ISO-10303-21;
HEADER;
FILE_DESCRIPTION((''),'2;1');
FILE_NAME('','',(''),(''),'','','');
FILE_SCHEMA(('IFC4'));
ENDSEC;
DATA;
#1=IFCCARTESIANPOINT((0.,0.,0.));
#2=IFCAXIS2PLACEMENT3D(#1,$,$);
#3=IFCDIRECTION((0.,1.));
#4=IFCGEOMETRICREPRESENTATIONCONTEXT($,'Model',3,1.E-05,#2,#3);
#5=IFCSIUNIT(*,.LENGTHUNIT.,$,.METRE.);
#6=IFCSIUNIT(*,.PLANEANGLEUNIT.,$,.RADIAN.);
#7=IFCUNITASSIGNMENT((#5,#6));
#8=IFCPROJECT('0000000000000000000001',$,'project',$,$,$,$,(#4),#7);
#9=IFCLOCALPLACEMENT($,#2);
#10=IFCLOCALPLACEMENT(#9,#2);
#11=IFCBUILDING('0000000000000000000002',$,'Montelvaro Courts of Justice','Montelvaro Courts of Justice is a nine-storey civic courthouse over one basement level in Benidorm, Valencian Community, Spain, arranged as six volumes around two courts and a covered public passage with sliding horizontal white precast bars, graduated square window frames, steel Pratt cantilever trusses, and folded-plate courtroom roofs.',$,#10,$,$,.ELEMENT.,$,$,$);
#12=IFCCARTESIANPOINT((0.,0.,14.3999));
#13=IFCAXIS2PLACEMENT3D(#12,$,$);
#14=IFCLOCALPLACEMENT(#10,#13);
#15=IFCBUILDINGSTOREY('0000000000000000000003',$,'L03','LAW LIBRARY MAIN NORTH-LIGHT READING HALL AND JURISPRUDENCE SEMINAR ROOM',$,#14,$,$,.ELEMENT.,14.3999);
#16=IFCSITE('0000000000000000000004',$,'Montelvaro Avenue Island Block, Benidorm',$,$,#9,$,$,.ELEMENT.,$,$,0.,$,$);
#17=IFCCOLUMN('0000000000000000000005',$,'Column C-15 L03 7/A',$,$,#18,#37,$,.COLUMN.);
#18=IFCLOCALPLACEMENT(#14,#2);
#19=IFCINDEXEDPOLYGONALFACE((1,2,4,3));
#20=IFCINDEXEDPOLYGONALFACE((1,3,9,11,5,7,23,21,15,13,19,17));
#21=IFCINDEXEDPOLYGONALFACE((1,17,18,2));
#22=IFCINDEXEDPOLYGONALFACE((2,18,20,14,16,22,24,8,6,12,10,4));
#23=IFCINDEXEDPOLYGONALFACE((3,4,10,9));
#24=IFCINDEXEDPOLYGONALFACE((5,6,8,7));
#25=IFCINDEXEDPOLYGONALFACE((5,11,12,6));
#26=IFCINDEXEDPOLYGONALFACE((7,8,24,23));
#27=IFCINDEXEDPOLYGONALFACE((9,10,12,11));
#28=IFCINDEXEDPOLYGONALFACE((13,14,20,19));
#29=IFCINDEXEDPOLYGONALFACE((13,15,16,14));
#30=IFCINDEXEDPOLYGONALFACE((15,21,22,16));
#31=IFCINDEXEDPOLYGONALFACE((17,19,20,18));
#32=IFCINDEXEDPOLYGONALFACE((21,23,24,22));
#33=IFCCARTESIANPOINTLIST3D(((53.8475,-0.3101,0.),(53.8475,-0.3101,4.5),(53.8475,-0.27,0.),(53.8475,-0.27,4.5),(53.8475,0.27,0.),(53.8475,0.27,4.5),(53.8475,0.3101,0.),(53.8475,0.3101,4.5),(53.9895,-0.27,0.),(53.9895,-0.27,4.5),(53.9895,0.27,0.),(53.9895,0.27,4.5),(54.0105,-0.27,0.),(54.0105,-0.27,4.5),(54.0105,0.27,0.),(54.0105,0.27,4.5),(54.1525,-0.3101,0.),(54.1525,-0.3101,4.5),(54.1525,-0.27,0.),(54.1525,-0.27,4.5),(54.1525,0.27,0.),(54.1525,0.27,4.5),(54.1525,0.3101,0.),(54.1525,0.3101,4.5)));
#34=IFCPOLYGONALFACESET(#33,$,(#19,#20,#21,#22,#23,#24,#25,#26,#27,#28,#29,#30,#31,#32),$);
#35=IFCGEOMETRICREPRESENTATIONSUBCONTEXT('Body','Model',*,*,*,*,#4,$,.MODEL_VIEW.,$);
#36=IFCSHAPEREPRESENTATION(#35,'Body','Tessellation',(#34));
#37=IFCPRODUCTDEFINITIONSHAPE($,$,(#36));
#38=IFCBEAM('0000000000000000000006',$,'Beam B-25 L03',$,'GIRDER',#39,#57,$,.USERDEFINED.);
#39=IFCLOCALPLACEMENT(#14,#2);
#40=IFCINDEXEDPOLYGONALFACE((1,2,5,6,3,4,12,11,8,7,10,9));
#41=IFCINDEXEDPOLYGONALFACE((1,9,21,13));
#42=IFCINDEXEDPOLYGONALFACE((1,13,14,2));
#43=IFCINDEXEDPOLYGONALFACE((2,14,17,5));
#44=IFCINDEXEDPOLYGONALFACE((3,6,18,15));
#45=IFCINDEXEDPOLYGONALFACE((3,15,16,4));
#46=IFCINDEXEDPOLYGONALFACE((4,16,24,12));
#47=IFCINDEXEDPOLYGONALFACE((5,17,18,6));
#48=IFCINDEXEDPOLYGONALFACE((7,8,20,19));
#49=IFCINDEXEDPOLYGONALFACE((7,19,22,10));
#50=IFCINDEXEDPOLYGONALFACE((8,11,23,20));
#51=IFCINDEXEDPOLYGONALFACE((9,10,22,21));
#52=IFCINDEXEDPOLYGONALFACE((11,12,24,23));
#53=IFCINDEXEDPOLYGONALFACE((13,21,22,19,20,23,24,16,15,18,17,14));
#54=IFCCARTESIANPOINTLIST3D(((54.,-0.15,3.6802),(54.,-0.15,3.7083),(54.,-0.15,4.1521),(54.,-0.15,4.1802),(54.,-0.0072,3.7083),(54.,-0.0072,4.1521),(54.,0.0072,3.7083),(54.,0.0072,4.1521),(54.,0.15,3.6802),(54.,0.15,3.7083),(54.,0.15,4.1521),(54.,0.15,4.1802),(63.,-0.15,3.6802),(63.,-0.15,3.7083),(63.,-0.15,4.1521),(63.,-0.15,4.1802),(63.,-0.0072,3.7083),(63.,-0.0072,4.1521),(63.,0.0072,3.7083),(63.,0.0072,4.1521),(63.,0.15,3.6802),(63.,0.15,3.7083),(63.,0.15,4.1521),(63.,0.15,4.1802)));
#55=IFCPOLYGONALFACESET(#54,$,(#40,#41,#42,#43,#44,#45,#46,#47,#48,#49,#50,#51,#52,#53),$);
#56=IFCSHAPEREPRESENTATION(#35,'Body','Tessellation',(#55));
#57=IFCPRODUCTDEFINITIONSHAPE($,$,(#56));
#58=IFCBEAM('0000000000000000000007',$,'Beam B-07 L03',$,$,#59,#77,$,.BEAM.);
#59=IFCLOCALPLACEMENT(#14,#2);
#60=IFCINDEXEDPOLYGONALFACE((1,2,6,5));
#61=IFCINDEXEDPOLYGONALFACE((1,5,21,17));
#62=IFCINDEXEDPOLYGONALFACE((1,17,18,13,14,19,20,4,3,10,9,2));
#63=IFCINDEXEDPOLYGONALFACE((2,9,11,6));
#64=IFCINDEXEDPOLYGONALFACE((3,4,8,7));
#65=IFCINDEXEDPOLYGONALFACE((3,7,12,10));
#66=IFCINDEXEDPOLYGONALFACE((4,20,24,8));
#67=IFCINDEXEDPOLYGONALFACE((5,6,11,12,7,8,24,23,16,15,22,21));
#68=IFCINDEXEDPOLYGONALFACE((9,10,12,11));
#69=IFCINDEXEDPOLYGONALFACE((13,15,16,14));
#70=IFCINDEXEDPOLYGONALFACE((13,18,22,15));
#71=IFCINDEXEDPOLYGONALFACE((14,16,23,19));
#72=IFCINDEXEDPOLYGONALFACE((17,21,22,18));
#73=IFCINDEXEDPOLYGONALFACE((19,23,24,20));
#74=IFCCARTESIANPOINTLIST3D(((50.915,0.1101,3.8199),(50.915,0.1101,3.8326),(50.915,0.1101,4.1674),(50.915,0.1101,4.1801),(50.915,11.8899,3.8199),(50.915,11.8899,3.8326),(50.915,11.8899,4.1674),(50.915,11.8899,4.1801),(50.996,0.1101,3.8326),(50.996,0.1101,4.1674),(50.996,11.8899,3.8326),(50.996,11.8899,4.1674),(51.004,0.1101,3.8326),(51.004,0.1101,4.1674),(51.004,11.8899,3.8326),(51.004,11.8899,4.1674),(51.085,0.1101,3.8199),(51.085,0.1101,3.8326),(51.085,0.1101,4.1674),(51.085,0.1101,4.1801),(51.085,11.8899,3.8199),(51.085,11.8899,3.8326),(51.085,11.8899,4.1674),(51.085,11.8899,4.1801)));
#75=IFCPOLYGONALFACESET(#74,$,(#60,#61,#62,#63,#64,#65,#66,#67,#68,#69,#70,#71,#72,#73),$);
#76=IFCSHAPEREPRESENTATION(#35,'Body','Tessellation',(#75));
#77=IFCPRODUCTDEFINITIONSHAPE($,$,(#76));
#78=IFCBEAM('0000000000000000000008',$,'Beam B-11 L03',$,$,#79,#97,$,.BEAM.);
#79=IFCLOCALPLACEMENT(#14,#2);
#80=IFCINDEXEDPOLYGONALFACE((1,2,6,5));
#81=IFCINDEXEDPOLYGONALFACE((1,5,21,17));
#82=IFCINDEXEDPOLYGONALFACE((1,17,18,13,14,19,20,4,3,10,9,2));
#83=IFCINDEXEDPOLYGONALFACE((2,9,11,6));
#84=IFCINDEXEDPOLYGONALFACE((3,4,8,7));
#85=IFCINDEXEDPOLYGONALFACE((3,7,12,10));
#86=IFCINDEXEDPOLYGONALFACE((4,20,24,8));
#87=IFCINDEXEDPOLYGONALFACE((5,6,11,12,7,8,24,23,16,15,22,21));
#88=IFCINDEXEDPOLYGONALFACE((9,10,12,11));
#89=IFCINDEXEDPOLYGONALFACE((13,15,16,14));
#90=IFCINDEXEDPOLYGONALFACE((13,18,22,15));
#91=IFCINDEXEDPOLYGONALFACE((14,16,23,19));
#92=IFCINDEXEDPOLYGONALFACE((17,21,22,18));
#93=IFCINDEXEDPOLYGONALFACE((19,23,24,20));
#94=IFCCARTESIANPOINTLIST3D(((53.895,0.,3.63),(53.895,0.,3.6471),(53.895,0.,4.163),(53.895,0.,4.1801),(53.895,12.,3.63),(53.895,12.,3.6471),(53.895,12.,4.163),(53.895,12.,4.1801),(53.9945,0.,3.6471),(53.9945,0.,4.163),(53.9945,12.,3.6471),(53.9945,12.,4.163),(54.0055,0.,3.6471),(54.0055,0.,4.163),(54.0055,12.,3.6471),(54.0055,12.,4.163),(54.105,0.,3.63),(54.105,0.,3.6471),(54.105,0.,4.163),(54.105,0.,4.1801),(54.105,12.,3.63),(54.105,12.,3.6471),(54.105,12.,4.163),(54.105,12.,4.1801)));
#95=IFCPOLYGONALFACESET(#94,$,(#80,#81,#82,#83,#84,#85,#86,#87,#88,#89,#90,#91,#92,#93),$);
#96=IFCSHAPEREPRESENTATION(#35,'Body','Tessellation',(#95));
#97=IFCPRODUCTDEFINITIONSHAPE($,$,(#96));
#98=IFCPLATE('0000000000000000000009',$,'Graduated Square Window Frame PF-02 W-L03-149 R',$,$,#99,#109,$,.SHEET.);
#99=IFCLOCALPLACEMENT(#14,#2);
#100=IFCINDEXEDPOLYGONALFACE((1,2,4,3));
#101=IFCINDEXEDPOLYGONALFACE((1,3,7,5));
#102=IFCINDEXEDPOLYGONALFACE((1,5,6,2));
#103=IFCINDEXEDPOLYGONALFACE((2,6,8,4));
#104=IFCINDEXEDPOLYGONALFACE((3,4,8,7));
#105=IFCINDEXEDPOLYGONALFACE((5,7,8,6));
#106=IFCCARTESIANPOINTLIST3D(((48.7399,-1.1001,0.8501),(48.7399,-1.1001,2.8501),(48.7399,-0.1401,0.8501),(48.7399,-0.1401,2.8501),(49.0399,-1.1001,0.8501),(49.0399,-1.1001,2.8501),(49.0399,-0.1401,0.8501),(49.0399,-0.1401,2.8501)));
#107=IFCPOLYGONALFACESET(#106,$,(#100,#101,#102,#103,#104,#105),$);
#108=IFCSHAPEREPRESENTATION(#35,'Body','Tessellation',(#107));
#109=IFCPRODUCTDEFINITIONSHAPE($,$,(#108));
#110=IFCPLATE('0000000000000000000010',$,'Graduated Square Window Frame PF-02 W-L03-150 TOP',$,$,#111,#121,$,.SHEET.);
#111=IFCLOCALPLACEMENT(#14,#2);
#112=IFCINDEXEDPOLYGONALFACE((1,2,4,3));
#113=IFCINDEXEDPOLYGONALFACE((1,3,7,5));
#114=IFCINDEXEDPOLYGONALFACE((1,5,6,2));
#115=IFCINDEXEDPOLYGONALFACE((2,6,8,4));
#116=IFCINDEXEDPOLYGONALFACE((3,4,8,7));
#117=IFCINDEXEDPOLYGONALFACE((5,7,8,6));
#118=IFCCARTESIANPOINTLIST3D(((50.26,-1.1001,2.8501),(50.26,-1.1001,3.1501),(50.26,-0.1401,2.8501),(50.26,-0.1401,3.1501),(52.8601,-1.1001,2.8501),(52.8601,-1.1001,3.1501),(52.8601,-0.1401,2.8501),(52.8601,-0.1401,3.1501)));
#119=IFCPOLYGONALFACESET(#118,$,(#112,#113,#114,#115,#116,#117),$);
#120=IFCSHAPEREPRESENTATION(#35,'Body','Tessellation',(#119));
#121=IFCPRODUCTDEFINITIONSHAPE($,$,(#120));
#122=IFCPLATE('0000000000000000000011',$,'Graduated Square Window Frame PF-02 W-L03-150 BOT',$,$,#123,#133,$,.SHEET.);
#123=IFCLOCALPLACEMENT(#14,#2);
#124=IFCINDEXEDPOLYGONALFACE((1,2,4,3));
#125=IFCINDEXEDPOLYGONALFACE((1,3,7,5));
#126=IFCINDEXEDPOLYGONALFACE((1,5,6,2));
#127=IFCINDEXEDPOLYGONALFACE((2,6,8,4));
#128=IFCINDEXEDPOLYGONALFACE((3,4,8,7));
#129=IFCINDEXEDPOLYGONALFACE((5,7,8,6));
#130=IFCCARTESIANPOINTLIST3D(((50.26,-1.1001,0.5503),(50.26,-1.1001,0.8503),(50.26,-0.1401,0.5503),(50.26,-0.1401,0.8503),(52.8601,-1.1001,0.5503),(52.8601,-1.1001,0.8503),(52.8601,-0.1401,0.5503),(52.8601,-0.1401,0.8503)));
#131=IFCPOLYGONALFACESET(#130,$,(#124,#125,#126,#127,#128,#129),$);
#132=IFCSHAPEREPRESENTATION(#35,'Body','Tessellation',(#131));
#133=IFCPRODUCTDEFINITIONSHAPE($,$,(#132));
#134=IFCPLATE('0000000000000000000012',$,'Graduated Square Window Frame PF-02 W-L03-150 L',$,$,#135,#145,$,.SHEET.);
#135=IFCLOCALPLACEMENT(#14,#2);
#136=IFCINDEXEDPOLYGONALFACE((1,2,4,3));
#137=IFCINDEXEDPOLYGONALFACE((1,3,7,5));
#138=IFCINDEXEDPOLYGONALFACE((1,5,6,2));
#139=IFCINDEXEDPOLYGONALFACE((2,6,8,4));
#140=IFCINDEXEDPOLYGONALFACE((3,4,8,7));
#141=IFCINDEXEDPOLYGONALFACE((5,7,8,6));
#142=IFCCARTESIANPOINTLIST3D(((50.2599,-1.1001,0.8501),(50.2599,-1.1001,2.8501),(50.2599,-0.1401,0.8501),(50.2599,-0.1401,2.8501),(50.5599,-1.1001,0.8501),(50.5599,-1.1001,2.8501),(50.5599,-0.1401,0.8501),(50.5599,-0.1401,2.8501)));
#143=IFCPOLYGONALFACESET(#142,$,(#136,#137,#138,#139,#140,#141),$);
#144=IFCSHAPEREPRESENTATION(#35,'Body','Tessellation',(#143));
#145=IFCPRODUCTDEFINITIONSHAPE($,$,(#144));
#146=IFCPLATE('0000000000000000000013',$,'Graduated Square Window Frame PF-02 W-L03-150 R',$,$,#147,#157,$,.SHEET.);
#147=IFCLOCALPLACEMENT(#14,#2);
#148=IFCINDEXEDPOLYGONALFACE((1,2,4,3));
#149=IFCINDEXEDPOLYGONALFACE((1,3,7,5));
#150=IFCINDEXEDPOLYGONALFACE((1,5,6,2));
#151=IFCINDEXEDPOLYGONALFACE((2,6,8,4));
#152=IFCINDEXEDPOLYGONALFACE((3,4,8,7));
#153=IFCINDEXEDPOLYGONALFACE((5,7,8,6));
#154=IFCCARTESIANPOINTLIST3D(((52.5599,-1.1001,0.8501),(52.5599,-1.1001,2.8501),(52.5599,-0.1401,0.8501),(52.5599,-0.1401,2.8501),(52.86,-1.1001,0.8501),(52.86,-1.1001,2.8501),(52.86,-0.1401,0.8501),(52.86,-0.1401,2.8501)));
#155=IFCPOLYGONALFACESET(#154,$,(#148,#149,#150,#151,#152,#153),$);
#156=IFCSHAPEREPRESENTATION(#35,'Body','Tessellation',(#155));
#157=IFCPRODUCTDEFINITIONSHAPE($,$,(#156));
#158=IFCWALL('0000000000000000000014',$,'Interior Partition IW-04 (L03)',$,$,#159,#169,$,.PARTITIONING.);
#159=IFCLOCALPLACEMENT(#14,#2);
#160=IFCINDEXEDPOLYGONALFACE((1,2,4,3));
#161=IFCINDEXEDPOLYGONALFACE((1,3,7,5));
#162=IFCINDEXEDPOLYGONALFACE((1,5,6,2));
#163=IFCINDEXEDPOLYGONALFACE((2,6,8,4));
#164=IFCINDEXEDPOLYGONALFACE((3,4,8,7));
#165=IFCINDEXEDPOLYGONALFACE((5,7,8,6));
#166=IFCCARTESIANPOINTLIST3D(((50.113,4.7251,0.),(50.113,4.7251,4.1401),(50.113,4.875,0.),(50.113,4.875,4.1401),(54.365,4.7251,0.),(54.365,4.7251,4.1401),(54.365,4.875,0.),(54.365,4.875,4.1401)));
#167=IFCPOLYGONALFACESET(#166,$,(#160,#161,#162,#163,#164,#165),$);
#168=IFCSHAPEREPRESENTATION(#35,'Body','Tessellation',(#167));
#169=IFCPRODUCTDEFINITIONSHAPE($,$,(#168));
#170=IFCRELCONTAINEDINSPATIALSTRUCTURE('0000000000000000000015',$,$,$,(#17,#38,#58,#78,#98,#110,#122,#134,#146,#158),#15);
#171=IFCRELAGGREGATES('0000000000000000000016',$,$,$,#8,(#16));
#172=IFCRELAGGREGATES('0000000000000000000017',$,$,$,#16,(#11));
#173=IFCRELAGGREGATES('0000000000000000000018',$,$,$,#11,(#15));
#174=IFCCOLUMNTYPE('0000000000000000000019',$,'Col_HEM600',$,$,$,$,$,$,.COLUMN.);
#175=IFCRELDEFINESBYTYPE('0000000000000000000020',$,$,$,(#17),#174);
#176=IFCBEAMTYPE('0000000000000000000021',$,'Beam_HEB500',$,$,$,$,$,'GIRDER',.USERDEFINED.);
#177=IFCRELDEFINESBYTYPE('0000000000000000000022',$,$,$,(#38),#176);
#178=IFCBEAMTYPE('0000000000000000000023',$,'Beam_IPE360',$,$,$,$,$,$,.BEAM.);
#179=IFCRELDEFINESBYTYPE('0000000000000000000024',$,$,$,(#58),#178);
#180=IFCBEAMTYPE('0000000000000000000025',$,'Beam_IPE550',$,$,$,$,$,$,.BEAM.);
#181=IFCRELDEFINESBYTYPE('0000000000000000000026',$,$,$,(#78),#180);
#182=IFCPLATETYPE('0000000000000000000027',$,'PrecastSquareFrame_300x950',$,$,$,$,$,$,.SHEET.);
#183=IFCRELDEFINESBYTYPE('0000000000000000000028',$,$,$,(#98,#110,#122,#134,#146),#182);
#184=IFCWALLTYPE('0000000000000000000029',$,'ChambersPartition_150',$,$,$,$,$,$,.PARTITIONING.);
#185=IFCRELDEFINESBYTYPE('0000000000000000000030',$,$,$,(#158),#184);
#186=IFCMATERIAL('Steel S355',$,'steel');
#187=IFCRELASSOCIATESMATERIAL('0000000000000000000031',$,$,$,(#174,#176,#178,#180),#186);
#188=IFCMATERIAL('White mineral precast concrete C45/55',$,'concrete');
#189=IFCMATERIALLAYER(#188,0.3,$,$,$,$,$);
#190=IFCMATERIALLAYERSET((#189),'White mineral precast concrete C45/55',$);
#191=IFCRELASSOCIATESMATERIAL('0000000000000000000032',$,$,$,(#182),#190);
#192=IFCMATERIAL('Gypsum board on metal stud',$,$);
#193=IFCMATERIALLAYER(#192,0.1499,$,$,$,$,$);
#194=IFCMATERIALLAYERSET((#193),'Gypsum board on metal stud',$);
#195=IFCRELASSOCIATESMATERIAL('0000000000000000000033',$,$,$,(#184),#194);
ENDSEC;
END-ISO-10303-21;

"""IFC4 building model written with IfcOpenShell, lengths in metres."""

from ifc_helpers import new_model, si_unit, direction, frame, frame_2d, origin, origin_2d, place, context, subcontext, project, spatial, rectangle, i_section, extrude, material, layer, layer_set, material_profile, profile_set, type_object, element, save


model = new_model("IFC4")

# Units and contexts
model_context = context("Model", 3, precision=1e-05, world=origin(), true_north=direction((0.0, 1.0)))
body_context = subcontext(model_context, "Body", "Model", "MODEL_VIEW")
ifc_project = project(units=[si_unit("LENGTHUNIT", "METRE"), si_unit("PLANEANGLEUNIT", "RADIAN")], contexts=[model_context])

# Site, building, storey
site_placement = place(None, origin())
site = spatial("IfcSite", under=ifc_project, at=site_placement, Name="Montelvaro Avenue Island Block, Benidorm", CompositionType="ELEMENT", RefElevation=0.0)
building_placement = place(site_placement, origin())
building = spatial("IfcBuilding", under=site, at=building_placement, Name="Montelvaro Courts of Justice", Description="Montelvaro Courts of Justice is a nine-storey civic courthouse over one basement level in Benidorm, Valencian Community, Spain, arranged as six volumes around two courts and a covered public passage with sliding horizontal white precast bars, graduated square window frames, steel Pratt cantilever trusses, and folded-plate courtroom roofs.", CompositionType="ELEMENT")
storey_placement = place(building_placement, frame((0.0, 0.0, 14.3999)))
storey = spatial("IfcBuildingStorey", under=building, at=storey_placement, Name="L03", Description="LAW LIBRARY MAIN NORTH-LIGHT READING HALL AND JURISPRUDENCE SEMINAR ROOM", CompositionType="ELEMENT", Elevation=14.3999)

# Column
ifc_material_1 = material(Name="Steel S355", Category="steel")
ifc_material_profile_1 = material_profile(ifc_material_1, i_section(OverallWidth=0.3049, OverallDepth=0.6201, WebThickness=0.021, FlangeThickness=0.04, at=origin_2d()), Name="HEM 600")
ifc_profile_set_1 = profile_set([ifc_material_profile_1], Name="Steel S355")
column_type = type_object("IfcColumnType", Name="Col_HEM600", PredefinedType="COLUMN", material=ifc_profile_set_1)
column_placement = place(storey_placement, frame((54.0, 0.0, 0.0), z_axis=(0.0, 0.0, 1.0), x_axis=(1.0, 0.0, 0.0)))
element("IfcColumn", 1, at=column_placement, inside=storey, type_object=column_type, Name="Column C-15 L03 7/A", PredefinedType="COLUMN", context=body_context, shape_type="SweptSolid", body=[
    extrude(i_section(OverallWidth=0.3049, OverallDepth=0.6201, WebThickness=0.021, FlangeThickness=0.04, at=origin_2d()), origin(), (0.0, 0.0, 1.0), 4.5),
])

# Beams
ifc_material_profile_2 = material_profile(ifc_material_1, i_section(OverallWidth=0.3, OverallDepth=0.5, WebThickness=0.0144, FlangeThickness=0.0281, at=origin_2d()), Name="HEB 500")
ifc_profile_set_2 = profile_set([ifc_material_profile_2], Name="Steel S355")
beam_type_1 = type_object("IfcBeamType", Name="Beam_HEB500", ElementType="GIRDER", PredefinedType="USERDEFINED", material=ifc_profile_set_2)
beam_1_placement = place(storey_placement, frame((54.0, 0.0, 3.9302), z_axis=(1.0, 0.0, 0.0), x_axis=(0.0, 1.0, 0.0)))
element("IfcBeam", 2, at=beam_1_placement, inside=storey, type_object=beam_type_1, Name="Beam B-25 L03", ObjectType="GIRDER", PredefinedType="USERDEFINED", context=body_context, shape_type="SweptSolid", body=[
    extrude(i_section(OverallWidth=0.3, OverallDepth=0.5, WebThickness=0.0144, FlangeThickness=0.0281, at=origin_2d()), origin(), (0.0, 0.0, 1.0), 9.0),
])
ifc_material_profile_3 = material_profile(ifc_material_1, i_section(OverallWidth=0.1699, OverallDepth=0.3601, WebThickness=0.0081, FlangeThickness=0.0127, at=origin_2d()), Name="IPE 360")
ifc_profile_set_3 = profile_set([ifc_material_profile_3], Name="Steel S355")
beam_type_2 = type_object("IfcBeamType", Name="Beam_IPE360", PredefinedType="BEAM", material=ifc_profile_set_3)
beam_2_placement = place(storey_placement, frame((51.0, 0.1101, 4.0), z_axis=(0.0, 1.0, 0.0), x_axis=(-1.0, 0.0, 0.0)))
element("IfcBeam", 3, at=beam_2_placement, inside=storey, type_object=beam_type_2, Name="Beam B-07 L03", PredefinedType="BEAM", context=body_context, shape_type="SweptSolid", body=[
    extrude(i_section(OverallWidth=0.1699, OverallDepth=0.3601, WebThickness=0.0081, FlangeThickness=0.0127, at=origin_2d()), origin(), (0.0, 0.0, 1.0), 11.7798),
])
ifc_material_profile_4 = material_profile(ifc_material_1, i_section(OverallWidth=0.21, OverallDepth=0.55, WebThickness=0.011, FlangeThickness=0.0171, at=origin_2d()), Name="IPE 550")
ifc_profile_set_4 = profile_set([ifc_material_profile_4], Name="Steel S355")
beam_type_3 = type_object("IfcBeamType", Name="Beam_IPE550", PredefinedType="BEAM", material=ifc_profile_set_4)
beam_3_placement = place(storey_placement, frame((54.0, 0.0, 3.905), z_axis=(0.0, 1.0, 0.0), x_axis=(-1.0, 0.0, 0.0)))
element("IfcBeam", 4, at=beam_3_placement, inside=storey, type_object=beam_type_3, Name="Beam B-11 L03", PredefinedType="BEAM", context=body_context, shape_type="SweptSolid", body=[
    extrude(i_section(OverallWidth=0.21, OverallDepth=0.55, WebThickness=0.011, FlangeThickness=0.0171, at=origin_2d()), origin(), (0.0, 0.0, 1.0), 12.0),
])

# Plates
ifc_material_2 = material(Name="White mineral precast concrete C45/55", Category="concrete")
ifc_layer_1 = layer(ifc_material_2, 0.3)
ifc_layer_set_1 = layer_set([ifc_layer_1], Name="White mineral precast concrete C45/55")
plate_type = type_object("IfcPlateType", Name="PrecastSquareFrame_300x950", PredefinedType="SHEET", material=ifc_layer_set_1)
plate_placement = place(storey_placement, frame((48.8899, -0.6201, 0.8501), z_axis=(0.0, 0.0, 1.0), x_axis=(1.0, 0.0, 0.0)))
element("IfcPlate", 5, at=plate_placement, inside=storey, type_object=plate_type, Name="Graduated Square Window Frame PF-02 W-L03-149 R", PredefinedType="SHEET", context=body_context, shape_type="SweptSolid", body=[
    extrude(rectangle(XDim=0.3, YDim=0.96, at=origin_2d()), origin(), (0.0, 0.0, 1.0), 2.0),
])
for number, where, z_axis, x_axis, name in (
    (6, (51.5601, -0.6201, 2.8501), (0.0, 0.0, 1.0), (1.0, 0.0, 0.0), "Graduated Square Window Frame PF-02 W-L03-150 TOP"),
    (7, (51.5601, -0.6201, 0.5503), (0.0, 0.0, 1.0), (1.0, 0.0, 0.0), "Graduated Square Window Frame PF-02 W-L03-150 BOT"),
):
    element("IfcPlate", number, at=place(storey_placement, frame(where, z_axis=z_axis, x_axis=x_axis)), inside=storey, type_object=plate_type, Name=name, PredefinedType="SHEET", context=body_context, shape_type="SweptSolid", body=[
        extrude(rectangle(XDim=2.6001, YDim=0.96, at=origin_2d()), origin(), (0.0, 0.0, 1.0), 0.3),
    ])
for number, where, z_axis, x_axis, name in (
    (8, (50.4099, -0.6201, 0.8501), (0.0, 0.0, 1.0), (1.0, 0.0, 0.0), "Graduated Square Window Frame PF-02 W-L03-150 L"),
    (9, (52.71, -0.6201, 0.8501), (0.0, 0.0, 1.0), (1.0, 0.0, 0.0), "Graduated Square Window Frame PF-02 W-L03-150 R"),
):
    element("IfcPlate", number, at=place(storey_placement, frame(where, z_axis=z_axis, x_axis=x_axis)), inside=storey, type_object=plate_type, Name=name, PredefinedType="SHEET", context=body_context, shape_type="SweptSolid", body=[
        extrude(rectangle(XDim=0.3, YDim=0.96, at=origin_2d()), origin(), (0.0, 0.0, 1.0), 2.0),
    ])

# Wall
ifc_material_3 = material(Name="Gypsum board on metal stud")
ifc_layer_2 = layer(ifc_material_3, 0.1499)
ifc_layer_set_2 = layer_set([ifc_layer_2], Name="Gypsum board on metal stud")
wall_type_1 = type_object("IfcWallType", Name="ChambersPartition_150", PredefinedType="PARTITIONING", material=ifc_layer_set_2)
wall_1_placement = place(storey_placement, frame((50.113, 4.8, 0.0), z_axis=(0.0, 0.0, 1.0), x_axis=(1.0, 0.0, 0.0)))
element("IfcWall", 10, at=wall_1_placement, inside=storey, type_object=wall_type_1, Name="Interior Partition IW-04 (L03)", PredefinedType="PARTITIONING", context=body_context, shape_type="SweptSolid", body=[
    extrude(rectangle(XDim=4.252, YDim=0.1499, at=frame_2d((2.126, 0.0))), origin(), (0.0, 0.0, 1.0), 4.1401),
])

save(model, "model.ifc")
